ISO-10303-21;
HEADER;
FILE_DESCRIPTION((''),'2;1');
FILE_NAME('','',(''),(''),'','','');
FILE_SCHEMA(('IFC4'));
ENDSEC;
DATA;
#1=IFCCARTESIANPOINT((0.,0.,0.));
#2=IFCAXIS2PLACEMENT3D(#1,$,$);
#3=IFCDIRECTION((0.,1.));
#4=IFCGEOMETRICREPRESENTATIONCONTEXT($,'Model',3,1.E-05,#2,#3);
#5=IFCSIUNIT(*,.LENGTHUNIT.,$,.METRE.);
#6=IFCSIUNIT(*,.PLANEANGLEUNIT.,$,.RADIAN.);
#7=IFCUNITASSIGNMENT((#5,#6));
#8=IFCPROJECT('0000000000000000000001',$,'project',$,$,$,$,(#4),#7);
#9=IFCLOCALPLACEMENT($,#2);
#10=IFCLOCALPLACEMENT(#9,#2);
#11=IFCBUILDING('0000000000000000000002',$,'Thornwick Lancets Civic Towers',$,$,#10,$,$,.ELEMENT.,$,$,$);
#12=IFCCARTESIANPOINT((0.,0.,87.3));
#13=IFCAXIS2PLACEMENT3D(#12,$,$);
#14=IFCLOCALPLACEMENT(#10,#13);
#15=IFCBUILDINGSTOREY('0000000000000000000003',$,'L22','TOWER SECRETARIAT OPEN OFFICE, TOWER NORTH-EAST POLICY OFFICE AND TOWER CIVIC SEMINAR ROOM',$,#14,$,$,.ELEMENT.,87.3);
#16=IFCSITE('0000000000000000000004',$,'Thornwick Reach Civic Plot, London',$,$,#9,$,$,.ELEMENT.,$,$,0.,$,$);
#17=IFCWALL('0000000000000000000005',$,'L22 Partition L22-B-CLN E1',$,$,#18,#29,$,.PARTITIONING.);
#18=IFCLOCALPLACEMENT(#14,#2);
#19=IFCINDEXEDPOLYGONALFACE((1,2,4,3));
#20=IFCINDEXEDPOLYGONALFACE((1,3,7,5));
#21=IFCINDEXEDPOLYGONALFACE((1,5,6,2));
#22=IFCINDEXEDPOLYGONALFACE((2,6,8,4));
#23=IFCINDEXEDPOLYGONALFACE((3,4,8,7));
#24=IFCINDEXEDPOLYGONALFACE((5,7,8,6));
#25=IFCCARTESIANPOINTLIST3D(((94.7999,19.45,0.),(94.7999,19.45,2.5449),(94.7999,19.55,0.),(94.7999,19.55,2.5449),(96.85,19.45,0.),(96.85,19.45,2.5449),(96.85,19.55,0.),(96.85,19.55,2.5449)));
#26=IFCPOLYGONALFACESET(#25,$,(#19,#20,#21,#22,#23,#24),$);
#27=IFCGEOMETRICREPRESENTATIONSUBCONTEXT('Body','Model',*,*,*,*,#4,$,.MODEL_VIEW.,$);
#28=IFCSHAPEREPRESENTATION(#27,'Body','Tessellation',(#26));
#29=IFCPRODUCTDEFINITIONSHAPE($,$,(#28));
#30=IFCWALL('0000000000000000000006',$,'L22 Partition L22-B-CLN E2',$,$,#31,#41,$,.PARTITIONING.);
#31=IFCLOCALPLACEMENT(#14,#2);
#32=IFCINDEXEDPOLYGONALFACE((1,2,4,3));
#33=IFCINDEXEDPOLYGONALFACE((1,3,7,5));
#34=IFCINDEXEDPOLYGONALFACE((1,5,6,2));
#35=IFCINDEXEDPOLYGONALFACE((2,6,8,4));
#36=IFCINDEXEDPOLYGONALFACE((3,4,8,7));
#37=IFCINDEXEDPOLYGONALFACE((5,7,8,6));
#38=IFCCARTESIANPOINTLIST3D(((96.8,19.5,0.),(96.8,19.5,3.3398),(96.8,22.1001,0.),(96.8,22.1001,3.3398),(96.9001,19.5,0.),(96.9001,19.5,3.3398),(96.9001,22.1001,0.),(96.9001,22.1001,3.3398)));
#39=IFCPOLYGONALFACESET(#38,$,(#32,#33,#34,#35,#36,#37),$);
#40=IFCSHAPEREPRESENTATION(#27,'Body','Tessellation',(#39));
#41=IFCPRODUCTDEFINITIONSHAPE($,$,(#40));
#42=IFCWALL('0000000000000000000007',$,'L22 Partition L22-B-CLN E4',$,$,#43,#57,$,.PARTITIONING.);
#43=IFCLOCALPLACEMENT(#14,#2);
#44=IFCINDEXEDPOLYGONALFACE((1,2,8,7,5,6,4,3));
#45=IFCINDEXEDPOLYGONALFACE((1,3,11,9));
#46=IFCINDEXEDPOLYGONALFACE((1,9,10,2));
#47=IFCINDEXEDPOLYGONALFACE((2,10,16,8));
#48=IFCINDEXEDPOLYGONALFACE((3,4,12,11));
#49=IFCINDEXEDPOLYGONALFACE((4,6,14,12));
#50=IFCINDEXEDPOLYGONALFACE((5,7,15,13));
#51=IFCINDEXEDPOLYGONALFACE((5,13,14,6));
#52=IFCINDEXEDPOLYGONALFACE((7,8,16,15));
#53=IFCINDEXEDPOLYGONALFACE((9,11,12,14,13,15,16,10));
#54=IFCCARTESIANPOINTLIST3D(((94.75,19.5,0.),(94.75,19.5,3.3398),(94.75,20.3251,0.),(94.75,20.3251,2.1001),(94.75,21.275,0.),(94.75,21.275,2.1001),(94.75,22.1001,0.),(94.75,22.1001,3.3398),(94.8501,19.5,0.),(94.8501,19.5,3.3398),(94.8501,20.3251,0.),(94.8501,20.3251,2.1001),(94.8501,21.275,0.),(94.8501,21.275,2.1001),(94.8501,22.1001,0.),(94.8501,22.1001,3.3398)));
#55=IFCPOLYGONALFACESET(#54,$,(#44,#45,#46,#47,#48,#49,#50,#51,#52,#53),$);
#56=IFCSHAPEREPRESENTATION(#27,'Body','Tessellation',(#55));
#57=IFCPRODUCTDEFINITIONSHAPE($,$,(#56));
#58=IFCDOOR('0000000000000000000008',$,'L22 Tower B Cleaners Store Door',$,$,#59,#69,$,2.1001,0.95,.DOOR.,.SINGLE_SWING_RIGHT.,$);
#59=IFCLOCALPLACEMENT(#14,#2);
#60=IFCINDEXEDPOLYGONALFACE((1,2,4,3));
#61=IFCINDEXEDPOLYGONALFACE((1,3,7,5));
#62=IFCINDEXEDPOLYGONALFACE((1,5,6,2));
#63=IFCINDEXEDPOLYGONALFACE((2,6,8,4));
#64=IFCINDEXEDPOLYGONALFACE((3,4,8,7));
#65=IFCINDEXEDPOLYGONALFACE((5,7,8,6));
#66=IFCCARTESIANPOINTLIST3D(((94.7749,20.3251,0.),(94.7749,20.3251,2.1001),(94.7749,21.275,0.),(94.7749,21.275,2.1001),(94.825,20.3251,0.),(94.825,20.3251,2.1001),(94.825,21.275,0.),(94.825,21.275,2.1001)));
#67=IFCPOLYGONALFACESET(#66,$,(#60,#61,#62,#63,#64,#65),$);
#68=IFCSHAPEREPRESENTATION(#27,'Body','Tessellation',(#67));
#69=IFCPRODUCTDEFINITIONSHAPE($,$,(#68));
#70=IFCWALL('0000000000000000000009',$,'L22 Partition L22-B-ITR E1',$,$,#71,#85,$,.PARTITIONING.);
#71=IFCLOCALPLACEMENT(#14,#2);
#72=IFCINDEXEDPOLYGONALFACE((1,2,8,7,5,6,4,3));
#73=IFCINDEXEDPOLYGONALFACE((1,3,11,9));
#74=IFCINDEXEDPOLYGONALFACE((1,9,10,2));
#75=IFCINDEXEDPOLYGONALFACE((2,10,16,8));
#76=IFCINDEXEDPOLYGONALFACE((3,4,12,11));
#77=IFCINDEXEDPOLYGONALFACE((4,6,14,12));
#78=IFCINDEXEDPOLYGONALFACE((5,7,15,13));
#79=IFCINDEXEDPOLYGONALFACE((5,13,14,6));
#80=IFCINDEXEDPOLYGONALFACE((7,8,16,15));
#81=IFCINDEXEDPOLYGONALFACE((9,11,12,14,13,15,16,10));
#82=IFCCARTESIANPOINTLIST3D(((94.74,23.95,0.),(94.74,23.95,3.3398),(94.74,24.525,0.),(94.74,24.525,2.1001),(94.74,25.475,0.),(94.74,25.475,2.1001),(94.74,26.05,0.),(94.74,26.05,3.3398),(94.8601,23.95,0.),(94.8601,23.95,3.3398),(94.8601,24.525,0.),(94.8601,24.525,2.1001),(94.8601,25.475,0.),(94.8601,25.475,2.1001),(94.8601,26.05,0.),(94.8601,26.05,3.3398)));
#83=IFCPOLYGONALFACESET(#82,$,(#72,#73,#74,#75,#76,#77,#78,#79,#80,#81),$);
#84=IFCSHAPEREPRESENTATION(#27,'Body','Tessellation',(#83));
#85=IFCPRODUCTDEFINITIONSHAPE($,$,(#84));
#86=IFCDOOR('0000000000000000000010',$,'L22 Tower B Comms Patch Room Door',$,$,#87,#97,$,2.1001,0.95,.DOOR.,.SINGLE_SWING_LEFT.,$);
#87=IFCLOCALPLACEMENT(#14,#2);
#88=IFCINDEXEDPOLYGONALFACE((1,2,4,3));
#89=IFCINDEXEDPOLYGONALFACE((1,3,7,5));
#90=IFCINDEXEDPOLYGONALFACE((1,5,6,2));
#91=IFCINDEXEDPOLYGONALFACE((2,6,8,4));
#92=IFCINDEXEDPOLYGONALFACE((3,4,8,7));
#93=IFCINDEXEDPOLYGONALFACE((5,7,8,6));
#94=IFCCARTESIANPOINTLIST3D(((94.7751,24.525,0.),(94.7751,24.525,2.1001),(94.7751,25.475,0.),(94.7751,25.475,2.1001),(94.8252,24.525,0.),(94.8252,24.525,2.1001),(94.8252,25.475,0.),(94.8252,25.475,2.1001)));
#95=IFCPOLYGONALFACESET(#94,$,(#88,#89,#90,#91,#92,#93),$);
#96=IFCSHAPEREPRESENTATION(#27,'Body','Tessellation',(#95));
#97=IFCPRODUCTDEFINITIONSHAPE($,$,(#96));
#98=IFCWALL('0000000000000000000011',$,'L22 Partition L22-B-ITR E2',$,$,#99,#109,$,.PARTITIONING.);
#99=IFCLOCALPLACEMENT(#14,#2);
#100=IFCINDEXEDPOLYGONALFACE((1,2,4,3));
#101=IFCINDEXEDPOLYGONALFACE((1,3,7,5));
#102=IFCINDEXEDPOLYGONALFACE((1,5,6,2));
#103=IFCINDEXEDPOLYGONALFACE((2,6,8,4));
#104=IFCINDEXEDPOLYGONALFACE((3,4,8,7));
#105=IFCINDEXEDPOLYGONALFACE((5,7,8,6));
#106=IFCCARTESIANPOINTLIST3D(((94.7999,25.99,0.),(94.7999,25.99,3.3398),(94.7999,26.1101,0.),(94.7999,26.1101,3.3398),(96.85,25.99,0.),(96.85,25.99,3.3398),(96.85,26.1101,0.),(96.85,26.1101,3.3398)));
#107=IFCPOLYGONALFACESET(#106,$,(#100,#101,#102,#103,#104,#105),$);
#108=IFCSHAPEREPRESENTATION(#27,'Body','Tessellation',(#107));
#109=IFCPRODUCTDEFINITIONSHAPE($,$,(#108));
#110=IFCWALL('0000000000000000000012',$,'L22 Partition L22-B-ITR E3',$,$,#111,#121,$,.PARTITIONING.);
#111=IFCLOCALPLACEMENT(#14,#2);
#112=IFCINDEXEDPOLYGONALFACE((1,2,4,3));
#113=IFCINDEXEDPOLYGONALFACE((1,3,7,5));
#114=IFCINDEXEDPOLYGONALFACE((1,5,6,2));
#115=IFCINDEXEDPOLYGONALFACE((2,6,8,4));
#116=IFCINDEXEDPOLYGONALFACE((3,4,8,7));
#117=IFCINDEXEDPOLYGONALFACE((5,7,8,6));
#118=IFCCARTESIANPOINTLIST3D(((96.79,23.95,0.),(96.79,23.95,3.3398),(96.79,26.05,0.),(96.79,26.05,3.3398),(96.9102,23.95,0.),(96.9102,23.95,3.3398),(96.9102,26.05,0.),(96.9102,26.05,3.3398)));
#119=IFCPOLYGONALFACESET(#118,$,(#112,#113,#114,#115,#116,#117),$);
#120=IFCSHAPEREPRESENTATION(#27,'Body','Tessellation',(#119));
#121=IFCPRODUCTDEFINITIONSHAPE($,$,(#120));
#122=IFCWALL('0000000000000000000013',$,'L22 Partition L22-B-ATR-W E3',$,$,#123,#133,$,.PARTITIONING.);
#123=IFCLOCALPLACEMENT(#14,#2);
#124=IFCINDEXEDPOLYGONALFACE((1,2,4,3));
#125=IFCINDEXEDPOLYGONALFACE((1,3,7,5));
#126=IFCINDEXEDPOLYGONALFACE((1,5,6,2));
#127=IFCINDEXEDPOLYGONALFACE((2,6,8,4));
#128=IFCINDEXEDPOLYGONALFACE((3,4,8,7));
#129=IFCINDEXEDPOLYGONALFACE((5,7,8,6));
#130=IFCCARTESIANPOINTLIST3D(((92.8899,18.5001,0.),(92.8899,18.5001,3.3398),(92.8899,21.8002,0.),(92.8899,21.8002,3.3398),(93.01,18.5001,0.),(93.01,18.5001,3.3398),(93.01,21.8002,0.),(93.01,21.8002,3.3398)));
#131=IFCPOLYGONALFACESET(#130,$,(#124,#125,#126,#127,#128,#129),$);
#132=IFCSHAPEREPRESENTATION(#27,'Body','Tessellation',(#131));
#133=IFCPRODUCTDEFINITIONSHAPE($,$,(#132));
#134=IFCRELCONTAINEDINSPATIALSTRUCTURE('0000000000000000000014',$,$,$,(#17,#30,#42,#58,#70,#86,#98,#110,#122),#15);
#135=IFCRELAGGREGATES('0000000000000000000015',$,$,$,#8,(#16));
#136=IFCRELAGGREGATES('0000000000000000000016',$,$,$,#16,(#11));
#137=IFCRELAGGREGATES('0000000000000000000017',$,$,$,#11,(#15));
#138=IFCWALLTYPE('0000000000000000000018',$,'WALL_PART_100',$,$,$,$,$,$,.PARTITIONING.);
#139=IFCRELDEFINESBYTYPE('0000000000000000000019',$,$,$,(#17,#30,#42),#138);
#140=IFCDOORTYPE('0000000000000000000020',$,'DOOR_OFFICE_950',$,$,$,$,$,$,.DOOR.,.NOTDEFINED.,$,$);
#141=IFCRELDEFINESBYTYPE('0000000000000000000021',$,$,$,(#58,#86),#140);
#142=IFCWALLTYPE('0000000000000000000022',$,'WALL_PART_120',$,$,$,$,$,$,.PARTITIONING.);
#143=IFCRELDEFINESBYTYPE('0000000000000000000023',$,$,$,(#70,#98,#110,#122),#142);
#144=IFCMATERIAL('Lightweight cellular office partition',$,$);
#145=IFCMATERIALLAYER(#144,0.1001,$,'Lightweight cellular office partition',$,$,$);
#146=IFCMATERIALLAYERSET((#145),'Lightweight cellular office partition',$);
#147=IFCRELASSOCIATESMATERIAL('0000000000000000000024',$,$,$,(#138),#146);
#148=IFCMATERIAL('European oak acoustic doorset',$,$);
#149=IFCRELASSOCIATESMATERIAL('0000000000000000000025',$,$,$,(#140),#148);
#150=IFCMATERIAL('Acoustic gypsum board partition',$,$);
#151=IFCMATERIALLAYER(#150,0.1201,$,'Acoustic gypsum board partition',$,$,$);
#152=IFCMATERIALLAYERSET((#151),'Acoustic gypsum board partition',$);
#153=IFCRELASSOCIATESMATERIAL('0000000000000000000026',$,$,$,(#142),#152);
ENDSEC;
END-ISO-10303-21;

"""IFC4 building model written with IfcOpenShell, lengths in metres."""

from ifc_helpers import new_model, si_unit, direction, frame, frame_2d, origin, place, context, subcontext, project, spatial, rectangle, extrude, material, layer, layer_set, type_object, element, fill, save


model = new_model("IFC4")

# Units and contexts
model_context = context("Model", 3, precision=1e-05, world=origin(), true_north=direction((0.0, 1.0)))
body_context = subcontext(model_context, "Body", "Model", "MODEL_VIEW")
ifc_project = project(units=[si_unit("LENGTHUNIT", "METRE"), si_unit("PLANEANGLEUNIT", "RADIAN")], contexts=[model_context])

# Site, building, storey
site_placement = place(None, origin())
site = spatial("IfcSite", under=ifc_project, at=site_placement, Name="Thornwick Reach Civic Plot, London", CompositionType="ELEMENT", RefElevation=0.0)
building_placement = place(site_placement, origin())
building = spatial("IfcBuilding", under=site, at=building_placement, Name="Thornwick Lancets Civic Towers", CompositionType="ELEMENT")
storey_placement = place(building_placement, frame((0.0, 0.0, 87.3)))
storey = spatial("IfcBuildingStorey", under=building, at=storey_placement, Name="L22", Description="TOWER SECRETARIAT OPEN OFFICE, TOWER NORTH-EAST POLICY OFFICE AND TOWER CIVIC SEMINAR ROOM", CompositionType="ELEMENT", Elevation=87.3)

# Walls
ifc_material_1 = material(Name="Lightweight cellular office partition")
ifc_layer_1 = layer(ifc_material_1, 0.1001, Name="Lightweight cellular office partition")
ifc_layer_set_1 = layer_set([ifc_layer_1], Name="Lightweight cellular office partition")
wall_type_1 = type_object("IfcWallType", Name="WALL_PART_100", PredefinedType="PARTITIONING", material=ifc_layer_set_1)
wall_1_placement = place(storey_placement, frame((94.8, 19.5, 0.0), z_axis=(0.0, 0.0, 1.0), x_axis=(1.0, 0.0, 0.0)))
element("IfcWall", 1, at=wall_1_placement, inside=storey, type_object=wall_type_1, Name="L22 Partition L22-B-CLN E1", PredefinedType="PARTITIONING", context=body_context, shape_type="SweptSolid", body=[
    extrude(rectangle(XDim=2.05, YDim=0.1001, at=frame_2d((1.0249, 0.0))), origin(), (0.0, 0.0, 1.0), 2.5449),
])
wall_2_placement = place(storey_placement, frame((96.8501, 19.5, 0.0), z_axis=(0.0, 0.0, 1.0), x_axis=(0.0, 1.0, 0.0)))
element("IfcWall", 2, at=wall_2_placement, inside=storey, type_object=wall_type_1, Name="L22 Partition L22-B-CLN E2", PredefinedType="PARTITIONING", context=body_context, shape_type="SweptSolid", body=[
    extrude(rectangle(XDim=2.6001, YDim=0.1001, at=frame_2d((1.3, 0.0))), origin(), (0.0, 0.0, 1.0), 3.3398),
])

# Walls, openings, doors
wall_3_placement = place(storey_placement, frame((94.8, 22.1001, 0.0), z_axis=(0.0, 0.0, 1.0), x_axis=(0.0, -1.0, 0.0)))
wall_3 = element("IfcWall", 3, at=wall_3_placement, inside=storey, type_object=wall_type_1, Name="L22 Partition L22-B-CLN E4", PredefinedType="PARTITIONING", context=body_context, shape_type="SweptSolid", body=[
    extrude(rectangle(XDim=2.6001, YDim=0.1001, at=frame_2d((1.3, 0.0))), origin(), (0.0, 0.0, 1.0), 3.3398),
])
opening_1_placement = place(wall_3_placement, frame((0.825, 0.0, 0.0)))
opening_1 = element("IfcOpeningElement", 4, at=opening_1_placement, cuts=wall_3, PredefinedType="OPENING", context=body_context, shape_type="SweptSolid", body=[
    extrude(rectangle(XDim=0.95, YDim=2.1001, at=frame_2d((0.4751, 1.05))), frame((0.0, 0.0601, 0.0), z_axis=(0.0, -1.0, 0.0), x_axis=(1.0, 0.0, 0.0)), (0.0, 0.0, 1.0), 0.1201),
])
ifc_material_2 = material(Name="European oak acoustic doorset")
door_type_1 = type_object("IfcDoorType", Name="DOOR_OFFICE_950", OperationType="NOTDEFINED", PredefinedType="DOOR", material=ifc_material_2)
door_1_placement = place(opening_1_placement, origin())
door_1 = element("IfcDoor", 5, at=door_1_placement, inside=storey, type_object=door_type_1, Name="L22 Tower B Cleaners Store Door", OperationType="SINGLE_SWING_RIGHT", OverallHeight=2.1001, OverallWidth=0.95, PredefinedType="DOOR", context=body_context, shape_type="SweptSolid", body=[
    extrude(rectangle(XDim=0.95, YDim=2.1001, at=frame_2d((0.4751, 1.05))), frame((0.0, 0.0249, 0.0), z_axis=(0.0, -1.0, 0.0), x_axis=(1.0, 0.0, 0.0)), (0.0, 0.0, 1.0), 0.05),
])
fill(opening_1, door_1)
ifc_material_3 = material(Name="Acoustic gypsum board partition")
ifc_layer_2 = layer(ifc_material_3, 0.1201, Name="Acoustic gypsum board partition")
ifc_layer_set_2 = layer_set([ifc_layer_2], Name="Acoustic gypsum board partition")
wall_type_2 = type_object("IfcWallType", Name="WALL_PART_120", PredefinedType="PARTITIONING", material=ifc_layer_set_2)
wall_4_placement = place(storey_placement, frame((94.8, 23.95, 0.0), z_axis=(0.0, 0.0, 1.0), x_axis=(0.0, 1.0, 0.0)))
wall_4 = element("IfcWall", 6, at=wall_4_placement, inside=storey, type_object=wall_type_2, Name="L22 Partition L22-B-ITR E1", PredefinedType="PARTITIONING", context=body_context, shape_type="SweptSolid", body=[
    extrude(rectangle(XDim=2.1001, YDim=0.1201, at=frame_2d((1.05, 0.0))), origin(), (0.0, 0.0, 1.0), 3.3398),
])
opening_2_placement = place(wall_4_placement, frame((0.575, 0.0, 0.0)))
opening_2 = element("IfcOpeningElement", 7, at=opening_2_placement, cuts=wall_4, PredefinedType="OPENING", context=body_context, shape_type="SweptSolid", body=[
    extrude(rectangle(XDim=0.95, YDim=2.1001, at=frame_2d((0.4751, 1.05))), frame((0.0, 0.0701, 0.0), z_axis=(0.0, -1.0, 0.0), x_axis=(1.0, 0.0, 0.0)), (0.0, 0.0, 1.0), 0.1401),
])
door_2_placement = place(opening_2_placement, origin())
door_2 = element("IfcDoor", 8, at=door_2_placement, inside=storey, type_object=door_type_1, Name="L22 Tower B Comms Patch Room Door", OperationType="SINGLE_SWING_LEFT", OverallHeight=2.1001, OverallWidth=0.95, PredefinedType="DOOR", context=body_context, shape_type="SweptSolid", body=[
    extrude(rectangle(XDim=0.95, YDim=2.1001, at=frame_2d((0.4751, 1.05))), frame((0.0, 0.0249, 0.0), z_axis=(0.0, -1.0, 0.0), x_axis=(1.0, 0.0, 0.0)), (0.0, 0.0, 1.0), 0.05),
])
fill(opening_2, door_2)

# Walls
wall_5_placement = place(storey_placement, frame((94.8, 26.05, 0.0), z_axis=(0.0, 0.0, 1.0), x_axis=(1.0, 0.0, 0.0)))
element("IfcWall", 9, at=wall_5_placement, inside=storey, type_object=wall_type_2, Name="L22 Partition L22-B-ITR E2", PredefinedType="PARTITIONING", context=body_context, shape_type="SweptSolid", body=[
    extrude(rectangle(XDim=2.05, YDim=0.1201, at=frame_2d((1.0249, 0.0))), origin(), (0.0, 0.0, 1.0), 3.3398),
])
wall_6_placement = place(storey_placement, frame((96.8501, 26.05, 0.0), z_axis=(0.0, 0.0, 1.0), x_axis=(0.0, -1.0, 0.0)))
element("IfcWall", 10, at=wall_6_placement, inside=storey, type_object=wall_type_2, Name="L22 Partition L22-B-ITR E3", PredefinedType="PARTITIONING", context=body_context, shape_type="SweptSolid", body=[
    extrude(rectangle(XDim=2.1001, YDim=0.1201, at=frame_2d((1.05, 0.0))), origin(), (0.0, 0.0, 1.0), 3.3398),
])
wall_7_placement = place(storey_placement, frame((92.95, 21.8, 0.0), z_axis=(0.0, 0.0, 1.0), x_axis=(0.0, -1.0, 0.0)))
element("IfcWall", 11, at=wall_7_placement, inside=storey, type_object=wall_type_2, Name="L22 Partition L22-B-ATR-W E3", PredefinedType="PARTITIONING", context=body_context, shape_type="SweptSolid", body=[
    extrude(rectangle(XDim=3.3, YDim=0.1201, at=frame_2d((1.6499, 0.0))), origin(), (0.0, 0.0, 1.0), 3.3398),
])

save(model, "model.ifc")
